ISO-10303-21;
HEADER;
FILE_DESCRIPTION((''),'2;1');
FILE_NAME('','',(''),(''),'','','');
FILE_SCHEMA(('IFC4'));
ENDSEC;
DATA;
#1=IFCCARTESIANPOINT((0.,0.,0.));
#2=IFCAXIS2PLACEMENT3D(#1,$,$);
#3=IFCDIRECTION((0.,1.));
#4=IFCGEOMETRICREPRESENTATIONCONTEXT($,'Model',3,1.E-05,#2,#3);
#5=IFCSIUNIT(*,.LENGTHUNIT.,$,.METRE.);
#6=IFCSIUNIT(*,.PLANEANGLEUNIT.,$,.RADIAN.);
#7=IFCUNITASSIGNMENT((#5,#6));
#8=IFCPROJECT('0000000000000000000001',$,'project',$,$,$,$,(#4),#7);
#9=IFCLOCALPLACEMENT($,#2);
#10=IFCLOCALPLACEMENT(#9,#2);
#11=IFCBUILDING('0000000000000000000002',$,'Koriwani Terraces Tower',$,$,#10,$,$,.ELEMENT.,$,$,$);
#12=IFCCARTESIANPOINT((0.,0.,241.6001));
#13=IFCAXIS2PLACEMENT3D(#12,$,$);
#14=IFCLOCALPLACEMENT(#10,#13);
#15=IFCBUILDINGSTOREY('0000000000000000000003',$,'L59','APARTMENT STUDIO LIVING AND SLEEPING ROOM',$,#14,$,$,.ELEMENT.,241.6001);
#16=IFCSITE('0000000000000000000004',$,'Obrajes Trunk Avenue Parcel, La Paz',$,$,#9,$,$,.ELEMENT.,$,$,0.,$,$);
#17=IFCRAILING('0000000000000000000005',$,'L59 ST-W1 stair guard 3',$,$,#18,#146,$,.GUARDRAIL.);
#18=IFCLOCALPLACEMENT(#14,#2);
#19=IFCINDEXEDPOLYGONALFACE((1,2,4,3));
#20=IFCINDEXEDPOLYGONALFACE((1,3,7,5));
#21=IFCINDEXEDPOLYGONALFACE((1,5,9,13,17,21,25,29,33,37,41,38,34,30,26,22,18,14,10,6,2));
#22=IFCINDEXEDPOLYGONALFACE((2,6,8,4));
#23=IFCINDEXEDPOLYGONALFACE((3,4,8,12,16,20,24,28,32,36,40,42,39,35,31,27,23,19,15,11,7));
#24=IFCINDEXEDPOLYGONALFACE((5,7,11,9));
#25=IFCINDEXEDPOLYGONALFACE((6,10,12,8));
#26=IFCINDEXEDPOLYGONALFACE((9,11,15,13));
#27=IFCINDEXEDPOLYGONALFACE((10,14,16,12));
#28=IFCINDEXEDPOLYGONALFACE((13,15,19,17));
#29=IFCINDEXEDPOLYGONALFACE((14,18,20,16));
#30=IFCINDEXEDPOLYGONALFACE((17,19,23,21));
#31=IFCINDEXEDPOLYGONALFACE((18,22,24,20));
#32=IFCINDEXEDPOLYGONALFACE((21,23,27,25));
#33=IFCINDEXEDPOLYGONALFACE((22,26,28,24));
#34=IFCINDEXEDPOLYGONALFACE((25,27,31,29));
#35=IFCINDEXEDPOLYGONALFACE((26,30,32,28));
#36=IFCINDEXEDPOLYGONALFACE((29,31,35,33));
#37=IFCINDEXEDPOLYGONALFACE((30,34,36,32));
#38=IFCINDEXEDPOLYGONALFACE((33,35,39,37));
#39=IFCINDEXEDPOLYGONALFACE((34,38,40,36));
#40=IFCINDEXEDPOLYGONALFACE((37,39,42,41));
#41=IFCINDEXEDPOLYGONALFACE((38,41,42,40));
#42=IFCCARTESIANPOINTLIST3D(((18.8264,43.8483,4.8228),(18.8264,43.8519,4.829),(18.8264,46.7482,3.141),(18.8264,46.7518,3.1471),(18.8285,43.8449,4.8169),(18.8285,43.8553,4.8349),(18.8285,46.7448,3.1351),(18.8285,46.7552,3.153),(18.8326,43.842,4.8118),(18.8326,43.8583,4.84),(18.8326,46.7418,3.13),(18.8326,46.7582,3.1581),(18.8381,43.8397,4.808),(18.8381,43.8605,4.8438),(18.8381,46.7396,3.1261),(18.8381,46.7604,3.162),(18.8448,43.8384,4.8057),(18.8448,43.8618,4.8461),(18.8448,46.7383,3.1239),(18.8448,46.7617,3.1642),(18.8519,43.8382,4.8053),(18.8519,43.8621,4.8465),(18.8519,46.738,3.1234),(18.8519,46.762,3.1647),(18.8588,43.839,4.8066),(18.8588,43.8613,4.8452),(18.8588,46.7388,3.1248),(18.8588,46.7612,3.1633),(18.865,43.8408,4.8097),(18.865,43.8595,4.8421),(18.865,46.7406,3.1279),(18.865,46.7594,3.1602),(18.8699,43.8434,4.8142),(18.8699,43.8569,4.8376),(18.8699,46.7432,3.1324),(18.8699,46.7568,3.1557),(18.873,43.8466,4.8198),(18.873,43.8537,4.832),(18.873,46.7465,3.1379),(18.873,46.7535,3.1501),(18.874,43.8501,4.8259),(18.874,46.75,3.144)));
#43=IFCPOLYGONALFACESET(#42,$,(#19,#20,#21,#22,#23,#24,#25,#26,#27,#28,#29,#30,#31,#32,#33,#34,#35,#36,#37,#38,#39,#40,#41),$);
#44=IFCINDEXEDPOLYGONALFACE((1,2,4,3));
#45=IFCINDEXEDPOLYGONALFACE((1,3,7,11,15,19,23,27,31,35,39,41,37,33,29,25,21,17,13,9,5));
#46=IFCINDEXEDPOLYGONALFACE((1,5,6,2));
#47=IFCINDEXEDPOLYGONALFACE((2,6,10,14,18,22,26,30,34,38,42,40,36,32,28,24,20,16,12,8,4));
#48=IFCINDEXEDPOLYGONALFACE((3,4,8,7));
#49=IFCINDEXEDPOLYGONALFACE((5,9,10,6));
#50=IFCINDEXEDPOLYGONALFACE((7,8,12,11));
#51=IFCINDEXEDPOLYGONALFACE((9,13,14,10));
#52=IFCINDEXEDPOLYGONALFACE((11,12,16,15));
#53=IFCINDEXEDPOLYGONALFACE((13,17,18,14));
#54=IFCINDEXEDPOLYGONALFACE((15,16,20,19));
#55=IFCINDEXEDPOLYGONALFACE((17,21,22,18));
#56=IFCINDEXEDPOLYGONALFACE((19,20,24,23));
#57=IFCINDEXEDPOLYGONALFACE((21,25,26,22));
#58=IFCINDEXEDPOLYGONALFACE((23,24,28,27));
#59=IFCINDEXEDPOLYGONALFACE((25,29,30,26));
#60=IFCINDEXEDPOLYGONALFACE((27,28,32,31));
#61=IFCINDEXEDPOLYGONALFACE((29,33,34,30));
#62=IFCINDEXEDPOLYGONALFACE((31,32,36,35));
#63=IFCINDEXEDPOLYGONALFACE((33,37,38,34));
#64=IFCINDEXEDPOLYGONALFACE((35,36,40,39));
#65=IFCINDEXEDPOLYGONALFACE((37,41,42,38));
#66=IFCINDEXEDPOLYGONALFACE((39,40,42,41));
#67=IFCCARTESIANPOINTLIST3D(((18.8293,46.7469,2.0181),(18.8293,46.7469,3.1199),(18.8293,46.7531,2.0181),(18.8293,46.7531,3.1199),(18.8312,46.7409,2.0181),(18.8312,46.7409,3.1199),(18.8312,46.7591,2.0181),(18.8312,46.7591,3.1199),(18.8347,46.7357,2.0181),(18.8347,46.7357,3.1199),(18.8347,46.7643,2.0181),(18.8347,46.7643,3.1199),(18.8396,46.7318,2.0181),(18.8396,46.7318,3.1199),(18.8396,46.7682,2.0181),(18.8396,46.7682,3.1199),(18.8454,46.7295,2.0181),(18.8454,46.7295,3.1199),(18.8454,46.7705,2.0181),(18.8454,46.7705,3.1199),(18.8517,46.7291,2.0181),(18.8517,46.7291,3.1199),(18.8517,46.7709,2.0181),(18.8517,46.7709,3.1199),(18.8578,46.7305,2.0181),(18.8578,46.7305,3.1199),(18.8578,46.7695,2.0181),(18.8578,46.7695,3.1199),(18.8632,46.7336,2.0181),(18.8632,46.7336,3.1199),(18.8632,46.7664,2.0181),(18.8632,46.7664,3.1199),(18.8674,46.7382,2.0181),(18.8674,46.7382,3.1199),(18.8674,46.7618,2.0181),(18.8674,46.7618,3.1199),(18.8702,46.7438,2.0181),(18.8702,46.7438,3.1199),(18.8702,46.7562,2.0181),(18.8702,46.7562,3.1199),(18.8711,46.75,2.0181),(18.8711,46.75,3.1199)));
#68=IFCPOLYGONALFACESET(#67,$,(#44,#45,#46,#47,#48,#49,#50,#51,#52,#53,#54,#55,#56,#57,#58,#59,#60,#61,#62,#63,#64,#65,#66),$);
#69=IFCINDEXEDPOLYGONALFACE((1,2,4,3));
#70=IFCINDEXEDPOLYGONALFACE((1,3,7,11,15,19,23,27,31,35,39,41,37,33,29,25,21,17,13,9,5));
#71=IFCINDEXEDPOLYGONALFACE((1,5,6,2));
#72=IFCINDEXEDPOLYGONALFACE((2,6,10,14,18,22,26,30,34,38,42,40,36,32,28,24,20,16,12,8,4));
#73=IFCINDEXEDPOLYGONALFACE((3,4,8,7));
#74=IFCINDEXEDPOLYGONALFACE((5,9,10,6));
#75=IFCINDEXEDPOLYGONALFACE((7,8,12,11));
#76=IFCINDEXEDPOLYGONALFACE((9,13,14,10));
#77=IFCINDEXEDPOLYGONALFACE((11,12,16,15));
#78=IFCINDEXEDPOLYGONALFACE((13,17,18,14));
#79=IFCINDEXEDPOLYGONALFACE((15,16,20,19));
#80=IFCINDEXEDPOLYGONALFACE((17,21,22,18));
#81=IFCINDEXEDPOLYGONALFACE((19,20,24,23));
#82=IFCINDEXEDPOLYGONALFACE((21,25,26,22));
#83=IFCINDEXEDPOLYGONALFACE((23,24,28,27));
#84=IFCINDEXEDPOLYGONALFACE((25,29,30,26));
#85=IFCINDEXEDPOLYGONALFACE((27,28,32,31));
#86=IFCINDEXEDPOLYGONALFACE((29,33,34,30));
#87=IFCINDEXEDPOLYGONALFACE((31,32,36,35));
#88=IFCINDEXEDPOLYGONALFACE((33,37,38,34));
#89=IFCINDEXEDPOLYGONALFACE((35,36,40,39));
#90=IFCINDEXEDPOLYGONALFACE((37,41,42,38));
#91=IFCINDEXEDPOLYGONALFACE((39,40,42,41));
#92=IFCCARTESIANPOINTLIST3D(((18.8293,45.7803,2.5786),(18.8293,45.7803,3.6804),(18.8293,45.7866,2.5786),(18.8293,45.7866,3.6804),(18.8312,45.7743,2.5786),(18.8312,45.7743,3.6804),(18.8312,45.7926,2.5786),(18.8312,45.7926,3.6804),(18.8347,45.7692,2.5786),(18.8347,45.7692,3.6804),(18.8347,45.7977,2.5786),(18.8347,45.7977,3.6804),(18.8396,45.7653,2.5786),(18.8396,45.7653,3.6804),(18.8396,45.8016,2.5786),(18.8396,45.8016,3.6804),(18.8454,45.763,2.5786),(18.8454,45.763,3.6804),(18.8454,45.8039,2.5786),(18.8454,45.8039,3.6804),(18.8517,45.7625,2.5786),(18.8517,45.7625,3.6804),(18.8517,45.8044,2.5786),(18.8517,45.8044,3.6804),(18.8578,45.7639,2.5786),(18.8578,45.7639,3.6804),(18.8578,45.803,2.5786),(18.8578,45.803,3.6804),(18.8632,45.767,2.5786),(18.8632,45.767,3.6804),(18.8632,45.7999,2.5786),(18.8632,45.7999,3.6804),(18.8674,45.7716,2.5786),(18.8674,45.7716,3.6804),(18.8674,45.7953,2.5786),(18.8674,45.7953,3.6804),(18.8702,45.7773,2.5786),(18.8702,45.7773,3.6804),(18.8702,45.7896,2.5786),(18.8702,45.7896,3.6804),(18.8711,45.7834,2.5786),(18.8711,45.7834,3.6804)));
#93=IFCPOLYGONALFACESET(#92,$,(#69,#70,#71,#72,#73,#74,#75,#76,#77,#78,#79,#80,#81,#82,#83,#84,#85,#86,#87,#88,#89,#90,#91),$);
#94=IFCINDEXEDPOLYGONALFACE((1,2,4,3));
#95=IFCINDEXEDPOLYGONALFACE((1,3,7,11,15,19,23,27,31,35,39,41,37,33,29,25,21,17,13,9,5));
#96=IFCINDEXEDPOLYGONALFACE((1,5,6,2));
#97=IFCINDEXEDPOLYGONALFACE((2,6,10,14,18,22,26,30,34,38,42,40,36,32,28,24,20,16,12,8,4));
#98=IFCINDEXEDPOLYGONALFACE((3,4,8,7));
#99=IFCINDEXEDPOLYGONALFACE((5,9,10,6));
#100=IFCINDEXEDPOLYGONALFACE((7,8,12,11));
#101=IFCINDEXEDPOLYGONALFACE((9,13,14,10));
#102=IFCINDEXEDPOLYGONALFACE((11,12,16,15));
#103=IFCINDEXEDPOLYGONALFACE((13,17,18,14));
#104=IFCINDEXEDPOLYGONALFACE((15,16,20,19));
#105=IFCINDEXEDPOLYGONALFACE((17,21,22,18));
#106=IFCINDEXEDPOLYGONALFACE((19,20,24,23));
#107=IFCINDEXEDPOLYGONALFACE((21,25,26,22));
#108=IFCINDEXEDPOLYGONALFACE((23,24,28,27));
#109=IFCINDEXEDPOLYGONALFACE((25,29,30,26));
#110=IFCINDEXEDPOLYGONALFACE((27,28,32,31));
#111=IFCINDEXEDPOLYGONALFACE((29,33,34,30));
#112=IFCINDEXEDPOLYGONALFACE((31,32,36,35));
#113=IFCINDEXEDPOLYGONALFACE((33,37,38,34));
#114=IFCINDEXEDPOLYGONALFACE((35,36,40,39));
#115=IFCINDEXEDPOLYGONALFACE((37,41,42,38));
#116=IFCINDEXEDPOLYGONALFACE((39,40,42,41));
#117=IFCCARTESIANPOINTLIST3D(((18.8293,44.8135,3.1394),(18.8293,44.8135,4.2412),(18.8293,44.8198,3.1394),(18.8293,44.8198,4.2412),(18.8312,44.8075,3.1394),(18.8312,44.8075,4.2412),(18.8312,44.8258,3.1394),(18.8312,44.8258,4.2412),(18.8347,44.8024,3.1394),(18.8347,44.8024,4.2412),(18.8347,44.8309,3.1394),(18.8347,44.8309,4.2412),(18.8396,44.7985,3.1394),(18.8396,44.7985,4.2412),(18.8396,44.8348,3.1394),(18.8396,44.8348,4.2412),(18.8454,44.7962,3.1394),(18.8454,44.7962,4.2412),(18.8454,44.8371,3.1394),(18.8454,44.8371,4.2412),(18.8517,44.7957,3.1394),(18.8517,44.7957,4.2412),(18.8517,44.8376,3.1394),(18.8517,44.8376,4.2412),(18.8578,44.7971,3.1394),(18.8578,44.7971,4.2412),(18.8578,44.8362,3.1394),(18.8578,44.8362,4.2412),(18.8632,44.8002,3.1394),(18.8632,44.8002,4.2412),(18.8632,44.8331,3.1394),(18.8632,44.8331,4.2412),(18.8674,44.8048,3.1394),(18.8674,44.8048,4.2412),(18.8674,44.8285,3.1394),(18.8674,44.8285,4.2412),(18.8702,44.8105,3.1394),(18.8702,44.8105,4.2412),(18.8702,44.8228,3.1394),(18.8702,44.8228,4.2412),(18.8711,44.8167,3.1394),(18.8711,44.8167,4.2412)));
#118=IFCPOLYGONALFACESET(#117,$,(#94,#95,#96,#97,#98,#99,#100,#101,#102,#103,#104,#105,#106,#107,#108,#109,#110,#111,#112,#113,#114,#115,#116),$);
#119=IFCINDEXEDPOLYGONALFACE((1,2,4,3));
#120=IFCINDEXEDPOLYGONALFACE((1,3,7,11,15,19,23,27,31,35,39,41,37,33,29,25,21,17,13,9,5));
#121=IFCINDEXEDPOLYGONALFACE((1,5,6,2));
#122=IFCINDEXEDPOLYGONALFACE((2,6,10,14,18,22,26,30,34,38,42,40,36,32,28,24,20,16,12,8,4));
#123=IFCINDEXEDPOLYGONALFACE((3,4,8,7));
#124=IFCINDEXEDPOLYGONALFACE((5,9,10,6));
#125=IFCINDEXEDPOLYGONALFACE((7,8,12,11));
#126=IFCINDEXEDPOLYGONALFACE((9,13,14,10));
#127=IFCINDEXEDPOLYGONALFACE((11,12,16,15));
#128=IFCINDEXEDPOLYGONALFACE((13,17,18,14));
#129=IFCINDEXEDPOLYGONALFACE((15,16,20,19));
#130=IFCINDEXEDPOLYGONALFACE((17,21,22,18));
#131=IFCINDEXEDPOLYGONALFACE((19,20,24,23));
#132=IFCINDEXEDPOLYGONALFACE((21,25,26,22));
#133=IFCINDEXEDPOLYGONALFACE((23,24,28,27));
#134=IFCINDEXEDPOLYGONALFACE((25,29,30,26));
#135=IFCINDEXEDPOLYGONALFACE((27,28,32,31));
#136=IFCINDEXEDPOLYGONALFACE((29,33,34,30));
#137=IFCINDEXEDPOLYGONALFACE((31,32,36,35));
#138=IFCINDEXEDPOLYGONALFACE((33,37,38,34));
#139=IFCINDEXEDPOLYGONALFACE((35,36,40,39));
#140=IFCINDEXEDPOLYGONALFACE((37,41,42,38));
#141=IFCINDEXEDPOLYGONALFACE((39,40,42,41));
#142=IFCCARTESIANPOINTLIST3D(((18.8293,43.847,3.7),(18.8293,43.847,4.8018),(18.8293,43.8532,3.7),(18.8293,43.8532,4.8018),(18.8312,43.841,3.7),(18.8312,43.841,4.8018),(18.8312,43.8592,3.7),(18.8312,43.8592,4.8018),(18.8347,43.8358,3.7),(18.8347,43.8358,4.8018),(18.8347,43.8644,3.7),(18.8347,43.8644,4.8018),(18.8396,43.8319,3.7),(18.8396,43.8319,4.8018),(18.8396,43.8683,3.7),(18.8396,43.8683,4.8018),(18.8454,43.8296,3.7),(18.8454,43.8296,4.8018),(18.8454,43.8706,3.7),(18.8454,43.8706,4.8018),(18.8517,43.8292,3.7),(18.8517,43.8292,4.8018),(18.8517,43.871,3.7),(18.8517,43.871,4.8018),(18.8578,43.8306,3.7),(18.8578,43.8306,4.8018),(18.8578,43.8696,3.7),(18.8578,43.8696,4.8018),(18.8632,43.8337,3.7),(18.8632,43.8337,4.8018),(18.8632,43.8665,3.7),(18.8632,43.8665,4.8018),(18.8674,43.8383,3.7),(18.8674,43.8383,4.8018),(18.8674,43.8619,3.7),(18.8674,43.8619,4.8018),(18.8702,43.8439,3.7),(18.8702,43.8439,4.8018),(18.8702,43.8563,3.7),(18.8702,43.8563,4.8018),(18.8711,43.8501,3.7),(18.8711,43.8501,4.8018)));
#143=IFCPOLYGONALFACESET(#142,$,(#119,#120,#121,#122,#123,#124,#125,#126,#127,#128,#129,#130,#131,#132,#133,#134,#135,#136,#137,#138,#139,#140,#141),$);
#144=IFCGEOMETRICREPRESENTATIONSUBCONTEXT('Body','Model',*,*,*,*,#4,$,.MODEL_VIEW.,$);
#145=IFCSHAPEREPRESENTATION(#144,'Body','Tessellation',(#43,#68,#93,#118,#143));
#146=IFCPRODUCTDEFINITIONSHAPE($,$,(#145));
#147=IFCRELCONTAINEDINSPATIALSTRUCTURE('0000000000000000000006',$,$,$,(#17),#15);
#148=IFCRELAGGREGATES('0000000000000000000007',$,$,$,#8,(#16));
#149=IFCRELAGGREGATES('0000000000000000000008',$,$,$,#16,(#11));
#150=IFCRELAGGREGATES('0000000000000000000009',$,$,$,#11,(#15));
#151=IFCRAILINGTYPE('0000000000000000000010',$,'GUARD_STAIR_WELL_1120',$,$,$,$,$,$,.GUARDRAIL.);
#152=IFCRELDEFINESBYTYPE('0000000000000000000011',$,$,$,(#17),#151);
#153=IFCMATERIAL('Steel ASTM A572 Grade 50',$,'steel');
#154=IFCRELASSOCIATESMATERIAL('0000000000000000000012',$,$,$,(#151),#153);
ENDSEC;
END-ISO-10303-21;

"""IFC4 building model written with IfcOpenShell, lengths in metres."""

from ifc_helpers import new_model, si_unit, direction, frame, origin, origin_2d, place, context, subcontext, project, spatial, circle, extrude, material, type_object, element, save


model = new_model("IFC4")

# Units and contexts
model_context = context("Model", 3, precision=1e-05, world=origin(), true_north=direction((0.0, 1.0)))
body_context = subcontext(model_context, "Body", "Model", "MODEL_VIEW")
ifc_project = project(units=[si_unit("LENGTHUNIT", "METRE"), si_unit("PLANEANGLEUNIT", "RADIAN")], contexts=[model_context])

# Site, building, storey
site_placement = place(None, origin())
site = spatial("IfcSite", under=ifc_project, at=site_placement, Name="Obrajes Trunk Avenue Parcel, La Paz", CompositionType="ELEMENT", RefElevation=0.0)
building_placement = place(site_placement, origin())
building = spatial("IfcBuilding", under=site, at=building_placement, Name="Koriwani Terraces Tower", CompositionType="ELEMENT")
storey_placement = place(building_placement, frame((0.0, 0.0, 241.6001)))
storey = spatial("IfcBuildingStorey", under=building, at=storey_placement, Name="L59", Description="APARTMENT STUDIO LIVING AND SLEEPING ROOM", CompositionType="ELEMENT", Elevation=241.6001)

# Shared definitions
ifc_material_1 = material(Name="Steel ASTM A572 Grade 50", Category="steel")

# Railing
railing_type_1 = type_object("IfcRailingType", Name="GUARD_STAIR_WELL_1120", PredefinedType="GUARDRAIL", material=ifc_material_1)
railing_1_placement = place(storey_placement, frame((18.8501, 46.75, 2.0181)))
element("IfcRailing", 1, at=railing_1_placement, inside=storey, type_object=railing_type_1, Name="L59 ST-W1 stair guard 3", PredefinedType="GUARDRAIL", context=body_context, shape_type="SweptSolid", body=[
    extrude(circle(Radius=0.0239, at=origin_2d()), frame((0.0, 0.0, 1.126), z_axis=(0.0, -0.865039, 0.501705), x_axis=(1.0, 0.0, 0.0)), (0.0, 0.0, 1.0), 3.3523),
    extrude(circle(Radius=0.021, at=origin_2d()), origin(), (0.0, 0.0, 1.0), 1.1018),
    extrude(circle(Radius=0.021, at=origin_2d()), frame((0.0, -0.9666, 0.5605)), (0.0, 0.0, 1.0), 1.1018),
    extrude(circle(Radius=0.021, at=origin_2d()), frame((0.0, -1.9333, 1.1213)), (0.0, 0.0, 1.0), 1.1018),
    extrude(circle(Radius=0.021, at=origin_2d()), frame((0.0, -2.8999, 1.6819)), (0.0, 0.0, 1.0), 1.1018),
])

save(model, "model.ifc")
